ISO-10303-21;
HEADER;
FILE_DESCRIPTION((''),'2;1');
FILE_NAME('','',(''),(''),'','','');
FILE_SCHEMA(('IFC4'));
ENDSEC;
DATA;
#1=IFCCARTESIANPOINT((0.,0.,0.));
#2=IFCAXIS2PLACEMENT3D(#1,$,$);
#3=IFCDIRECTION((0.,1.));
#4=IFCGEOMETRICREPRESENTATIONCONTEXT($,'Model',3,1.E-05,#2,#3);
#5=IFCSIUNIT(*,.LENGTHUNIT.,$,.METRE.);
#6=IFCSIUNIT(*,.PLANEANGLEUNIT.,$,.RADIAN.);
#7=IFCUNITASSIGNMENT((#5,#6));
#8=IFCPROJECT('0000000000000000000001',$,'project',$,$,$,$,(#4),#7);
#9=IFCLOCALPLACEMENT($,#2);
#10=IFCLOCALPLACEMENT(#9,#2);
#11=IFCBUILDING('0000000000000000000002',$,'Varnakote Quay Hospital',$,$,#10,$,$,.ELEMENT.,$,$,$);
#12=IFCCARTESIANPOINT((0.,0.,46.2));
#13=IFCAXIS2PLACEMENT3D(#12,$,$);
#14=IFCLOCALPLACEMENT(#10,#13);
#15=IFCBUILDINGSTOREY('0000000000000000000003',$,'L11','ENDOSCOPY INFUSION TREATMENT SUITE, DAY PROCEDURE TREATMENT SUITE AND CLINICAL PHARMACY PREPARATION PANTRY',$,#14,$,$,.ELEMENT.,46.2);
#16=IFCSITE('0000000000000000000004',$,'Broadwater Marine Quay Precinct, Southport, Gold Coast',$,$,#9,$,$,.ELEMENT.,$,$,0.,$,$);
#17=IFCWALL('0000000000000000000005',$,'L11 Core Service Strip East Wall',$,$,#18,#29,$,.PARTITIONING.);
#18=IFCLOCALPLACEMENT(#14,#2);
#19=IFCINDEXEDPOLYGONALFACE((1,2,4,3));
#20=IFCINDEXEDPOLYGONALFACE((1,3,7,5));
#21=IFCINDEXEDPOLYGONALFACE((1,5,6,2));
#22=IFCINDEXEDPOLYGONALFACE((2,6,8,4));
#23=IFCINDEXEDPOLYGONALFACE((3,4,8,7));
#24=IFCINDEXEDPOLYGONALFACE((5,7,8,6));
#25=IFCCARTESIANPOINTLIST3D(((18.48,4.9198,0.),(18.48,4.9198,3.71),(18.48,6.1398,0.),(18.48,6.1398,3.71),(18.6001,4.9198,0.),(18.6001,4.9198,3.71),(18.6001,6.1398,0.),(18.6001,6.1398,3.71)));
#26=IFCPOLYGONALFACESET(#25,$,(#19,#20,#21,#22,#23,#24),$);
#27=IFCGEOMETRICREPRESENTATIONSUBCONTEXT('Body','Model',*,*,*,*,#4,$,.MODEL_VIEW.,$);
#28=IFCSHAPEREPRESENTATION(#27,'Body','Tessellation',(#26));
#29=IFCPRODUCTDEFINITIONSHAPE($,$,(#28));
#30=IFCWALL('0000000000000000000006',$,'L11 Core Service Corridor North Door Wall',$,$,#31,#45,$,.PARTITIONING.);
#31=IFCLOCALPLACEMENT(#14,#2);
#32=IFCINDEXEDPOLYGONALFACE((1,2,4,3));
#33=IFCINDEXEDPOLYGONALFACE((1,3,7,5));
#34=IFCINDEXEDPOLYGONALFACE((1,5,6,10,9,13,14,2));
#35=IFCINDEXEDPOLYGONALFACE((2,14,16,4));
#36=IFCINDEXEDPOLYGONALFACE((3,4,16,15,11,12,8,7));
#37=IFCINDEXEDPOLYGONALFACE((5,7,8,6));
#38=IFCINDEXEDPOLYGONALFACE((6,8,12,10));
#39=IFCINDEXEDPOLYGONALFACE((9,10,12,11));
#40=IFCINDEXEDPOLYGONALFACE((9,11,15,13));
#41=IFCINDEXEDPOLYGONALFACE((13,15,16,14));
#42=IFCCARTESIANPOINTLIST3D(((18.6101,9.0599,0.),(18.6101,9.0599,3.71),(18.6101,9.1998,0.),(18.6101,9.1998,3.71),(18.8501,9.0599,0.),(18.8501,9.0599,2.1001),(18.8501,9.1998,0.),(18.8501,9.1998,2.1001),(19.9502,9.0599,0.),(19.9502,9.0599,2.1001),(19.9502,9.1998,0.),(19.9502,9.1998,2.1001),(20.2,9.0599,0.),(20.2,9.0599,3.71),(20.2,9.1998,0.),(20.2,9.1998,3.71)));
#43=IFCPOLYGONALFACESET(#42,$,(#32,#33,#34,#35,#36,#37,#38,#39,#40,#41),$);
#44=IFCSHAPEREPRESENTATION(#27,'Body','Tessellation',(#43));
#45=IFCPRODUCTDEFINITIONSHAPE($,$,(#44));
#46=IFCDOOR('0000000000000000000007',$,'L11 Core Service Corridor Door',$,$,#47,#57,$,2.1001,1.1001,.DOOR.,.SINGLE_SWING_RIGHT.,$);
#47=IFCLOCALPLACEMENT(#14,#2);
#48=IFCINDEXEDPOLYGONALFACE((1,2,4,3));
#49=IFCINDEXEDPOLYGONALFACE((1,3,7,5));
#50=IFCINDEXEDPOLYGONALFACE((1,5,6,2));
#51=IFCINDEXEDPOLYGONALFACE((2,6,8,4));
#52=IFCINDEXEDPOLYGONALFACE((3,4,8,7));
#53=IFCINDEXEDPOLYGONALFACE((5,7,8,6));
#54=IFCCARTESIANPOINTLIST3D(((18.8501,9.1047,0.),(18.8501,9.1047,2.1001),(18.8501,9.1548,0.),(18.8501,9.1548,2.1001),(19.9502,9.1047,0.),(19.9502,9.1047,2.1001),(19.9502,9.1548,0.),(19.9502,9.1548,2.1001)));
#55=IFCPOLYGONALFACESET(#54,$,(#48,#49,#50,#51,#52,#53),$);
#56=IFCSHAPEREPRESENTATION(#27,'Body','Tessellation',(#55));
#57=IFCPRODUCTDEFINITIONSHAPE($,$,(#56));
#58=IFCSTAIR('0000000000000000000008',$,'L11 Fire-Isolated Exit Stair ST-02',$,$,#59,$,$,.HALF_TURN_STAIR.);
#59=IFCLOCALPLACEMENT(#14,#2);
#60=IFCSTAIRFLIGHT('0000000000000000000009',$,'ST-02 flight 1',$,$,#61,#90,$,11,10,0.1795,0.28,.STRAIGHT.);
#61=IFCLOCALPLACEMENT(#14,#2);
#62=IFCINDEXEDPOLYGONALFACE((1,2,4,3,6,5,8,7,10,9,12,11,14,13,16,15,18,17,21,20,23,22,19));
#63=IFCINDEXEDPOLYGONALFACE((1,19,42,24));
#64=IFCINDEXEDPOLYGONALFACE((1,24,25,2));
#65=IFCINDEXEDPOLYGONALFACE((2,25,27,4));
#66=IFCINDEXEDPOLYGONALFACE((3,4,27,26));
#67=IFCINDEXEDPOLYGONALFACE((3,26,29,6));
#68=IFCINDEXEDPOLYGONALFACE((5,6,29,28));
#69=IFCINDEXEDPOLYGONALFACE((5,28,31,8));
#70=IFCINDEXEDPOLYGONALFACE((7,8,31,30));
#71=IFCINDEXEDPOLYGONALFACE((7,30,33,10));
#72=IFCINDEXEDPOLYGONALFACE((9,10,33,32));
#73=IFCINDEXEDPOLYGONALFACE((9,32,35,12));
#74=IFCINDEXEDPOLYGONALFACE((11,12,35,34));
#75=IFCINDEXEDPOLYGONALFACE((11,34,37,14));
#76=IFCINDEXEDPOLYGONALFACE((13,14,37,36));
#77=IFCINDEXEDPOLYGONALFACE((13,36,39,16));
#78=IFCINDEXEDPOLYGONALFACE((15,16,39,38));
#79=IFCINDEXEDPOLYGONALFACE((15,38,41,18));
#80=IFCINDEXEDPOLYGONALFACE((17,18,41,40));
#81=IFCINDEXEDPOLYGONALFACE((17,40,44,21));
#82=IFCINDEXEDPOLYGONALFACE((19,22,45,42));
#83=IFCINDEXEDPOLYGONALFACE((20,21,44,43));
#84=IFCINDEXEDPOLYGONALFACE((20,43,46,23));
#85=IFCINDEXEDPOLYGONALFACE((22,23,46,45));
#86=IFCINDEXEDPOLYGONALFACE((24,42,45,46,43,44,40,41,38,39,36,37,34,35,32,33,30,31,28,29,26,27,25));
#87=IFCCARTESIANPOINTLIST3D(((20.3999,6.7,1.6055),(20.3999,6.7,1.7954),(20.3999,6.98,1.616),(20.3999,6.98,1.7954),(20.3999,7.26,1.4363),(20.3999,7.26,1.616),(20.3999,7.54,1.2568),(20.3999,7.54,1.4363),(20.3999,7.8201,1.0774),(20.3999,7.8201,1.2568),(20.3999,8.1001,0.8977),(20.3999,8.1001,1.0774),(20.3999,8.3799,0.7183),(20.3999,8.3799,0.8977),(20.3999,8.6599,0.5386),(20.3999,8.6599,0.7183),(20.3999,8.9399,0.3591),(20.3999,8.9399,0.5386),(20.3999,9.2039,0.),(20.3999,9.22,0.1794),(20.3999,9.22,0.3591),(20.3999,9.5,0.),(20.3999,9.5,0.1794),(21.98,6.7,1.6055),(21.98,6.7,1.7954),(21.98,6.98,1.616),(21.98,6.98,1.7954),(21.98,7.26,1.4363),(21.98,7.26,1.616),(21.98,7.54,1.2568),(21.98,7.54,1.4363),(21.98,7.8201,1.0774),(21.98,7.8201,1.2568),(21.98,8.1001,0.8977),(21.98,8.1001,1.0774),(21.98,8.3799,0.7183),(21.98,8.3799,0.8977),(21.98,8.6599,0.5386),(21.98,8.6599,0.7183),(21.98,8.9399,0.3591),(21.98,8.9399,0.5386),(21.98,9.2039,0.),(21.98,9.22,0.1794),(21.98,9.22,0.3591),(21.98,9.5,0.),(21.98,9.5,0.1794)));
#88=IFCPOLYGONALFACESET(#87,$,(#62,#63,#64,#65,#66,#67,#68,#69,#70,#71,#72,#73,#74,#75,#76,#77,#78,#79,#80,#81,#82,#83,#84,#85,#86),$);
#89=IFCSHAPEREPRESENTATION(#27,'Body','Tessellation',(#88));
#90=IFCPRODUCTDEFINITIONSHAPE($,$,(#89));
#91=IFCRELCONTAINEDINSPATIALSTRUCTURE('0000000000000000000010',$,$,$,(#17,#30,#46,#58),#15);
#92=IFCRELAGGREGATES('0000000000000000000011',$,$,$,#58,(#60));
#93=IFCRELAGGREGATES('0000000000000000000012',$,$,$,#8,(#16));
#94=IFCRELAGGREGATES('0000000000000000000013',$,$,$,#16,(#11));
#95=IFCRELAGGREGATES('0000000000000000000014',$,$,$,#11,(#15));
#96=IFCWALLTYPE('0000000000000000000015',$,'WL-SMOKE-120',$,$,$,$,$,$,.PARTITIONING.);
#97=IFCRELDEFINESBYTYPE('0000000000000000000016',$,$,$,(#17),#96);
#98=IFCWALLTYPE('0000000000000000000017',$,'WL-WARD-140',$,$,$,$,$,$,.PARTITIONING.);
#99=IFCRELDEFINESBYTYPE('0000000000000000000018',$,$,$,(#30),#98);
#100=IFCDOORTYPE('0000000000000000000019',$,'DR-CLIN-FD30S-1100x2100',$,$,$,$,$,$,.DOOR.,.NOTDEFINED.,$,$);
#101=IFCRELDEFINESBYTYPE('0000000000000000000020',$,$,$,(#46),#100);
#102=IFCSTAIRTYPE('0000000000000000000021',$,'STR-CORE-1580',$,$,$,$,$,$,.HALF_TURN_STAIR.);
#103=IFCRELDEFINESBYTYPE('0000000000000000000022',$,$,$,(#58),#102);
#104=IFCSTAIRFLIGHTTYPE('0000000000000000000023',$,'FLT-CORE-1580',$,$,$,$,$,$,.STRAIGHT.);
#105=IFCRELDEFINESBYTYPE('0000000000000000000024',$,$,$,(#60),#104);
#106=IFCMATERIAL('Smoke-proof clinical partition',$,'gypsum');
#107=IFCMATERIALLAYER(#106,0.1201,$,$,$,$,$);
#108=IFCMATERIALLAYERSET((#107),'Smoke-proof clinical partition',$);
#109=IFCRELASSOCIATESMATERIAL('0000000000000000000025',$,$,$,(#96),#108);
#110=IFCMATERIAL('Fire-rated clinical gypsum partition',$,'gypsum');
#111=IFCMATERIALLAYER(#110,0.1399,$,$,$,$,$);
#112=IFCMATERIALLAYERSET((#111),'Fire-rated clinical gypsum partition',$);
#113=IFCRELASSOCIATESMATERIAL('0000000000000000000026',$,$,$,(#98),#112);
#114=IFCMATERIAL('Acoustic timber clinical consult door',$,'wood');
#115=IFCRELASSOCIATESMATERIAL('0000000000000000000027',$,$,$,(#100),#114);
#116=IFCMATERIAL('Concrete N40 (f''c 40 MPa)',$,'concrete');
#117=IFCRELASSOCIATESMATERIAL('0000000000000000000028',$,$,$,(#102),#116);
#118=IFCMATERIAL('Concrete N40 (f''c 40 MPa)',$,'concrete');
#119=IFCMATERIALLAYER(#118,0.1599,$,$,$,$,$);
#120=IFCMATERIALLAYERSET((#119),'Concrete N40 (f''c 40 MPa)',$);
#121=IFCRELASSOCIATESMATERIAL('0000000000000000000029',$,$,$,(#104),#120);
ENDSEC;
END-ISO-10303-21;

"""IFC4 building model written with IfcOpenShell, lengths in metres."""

from ifc_helpers import new_model, si_unit, direction, frame, frame_2d, origin, place, context, subcontext, project, spatial, polyline, rectangle, outline, extrude, material, layer, layer_set, type_object, element, fill, aggregate, save


model = new_model("IFC4")

# Units and contexts
model_context = context("Model", 3, precision=1e-05, world=origin(), true_north=direction((0.0, 1.0)))
body_context = subcontext(model_context, "Body", "Model", "MODEL_VIEW")
ifc_project = project(units=[si_unit("LENGTHUNIT", "METRE"), si_unit("PLANEANGLEUNIT", "RADIAN")], contexts=[model_context])

# Site, building, storey
site_placement = place(None, origin())
site = spatial("IfcSite", under=ifc_project, at=site_placement, Name="Broadwater Marine Quay Precinct, Southport, Gold Coast", CompositionType="ELEMENT", RefElevation=0.0)
building_placement = place(site_placement, origin())
building = spatial("IfcBuilding", under=site, at=building_placement, Name="Varnakote Quay Hospital", CompositionType="ELEMENT")
storey_placement = place(building_placement, frame((0.0, 0.0, 46.2)))
storey = spatial("IfcBuildingStorey", under=building, at=storey_placement, Name="L11", Description="ENDOSCOPY INFUSION TREATMENT SUITE, DAY PROCEDURE TREATMENT SUITE AND CLINICAL PHARMACY PREPARATION PANTRY", CompositionType="ELEMENT", Elevation=46.2)

# Wall
ifc_material_1 = material(Name="Smoke-proof clinical partition", Category="gypsum")
ifc_layer_1 = layer(ifc_material_1, 0.1201)
ifc_layer_set_1 = layer_set([ifc_layer_1], Name="Smoke-proof clinical partition")
wall_type_1 = type_object("IfcWallType", Name="WL-SMOKE-120", PredefinedType="PARTITIONING", material=ifc_layer_set_1)
wall_1_placement = place(storey_placement, frame((18.54, 4.9199, 0.0), z_axis=(0.0, 0.0, 1.0), x_axis=(0.0, 1.0, 0.0)))
element("IfcWall", 1, at=wall_1_placement, inside=storey, type_object=wall_type_1, Name="L11 Core Service Strip East Wall", PredefinedType="PARTITIONING", context=body_context, shape_type="SweptSolid", body=[
    extrude(rectangle(XDim=1.22, YDim=0.1201, at=frame_2d((0.6099, 0.0))), origin(), (0.0, 0.0, 1.0), 3.71),
])

# Wall, opening, door
ifc_material_2 = material(Name="Fire-rated clinical gypsum partition", Category="gypsum")
ifc_layer_2 = layer(ifc_material_2, 0.1399)
ifc_layer_set_2 = layer_set([ifc_layer_2], Name="Fire-rated clinical gypsum partition")
wall_type_2 = type_object("IfcWallType", Name="WL-WARD-140", PredefinedType="PARTITIONING", material=ifc_layer_set_2)
wall_2_placement = place(storey_placement, frame((18.6101, 9.1299, 0.0), z_axis=(0.0, 0.0, 1.0), x_axis=(1.0, 0.0, 0.0)))
wall_2 = element("IfcWall", 2, at=wall_2_placement, inside=storey, type_object=wall_type_2, Name="L11 Core Service Corridor North Door Wall", PredefinedType="PARTITIONING", context=body_context, shape_type="SweptSolid", body=[
    extrude(rectangle(XDim=1.5898, YDim=0.1399, at=frame_2d((0.7949, 0.0))), origin(), (0.0, 0.0, 1.0), 3.71),
])
opening_1_placement = place(wall_2_placement, frame((0.24, 0.0, 0.0)))
opening_1 = element("IfcOpeningElement", 3, at=opening_1_placement, cuts=wall_2, PredefinedType="OPENING", context=body_context, shape_type="SweptSolid", body=[
    extrude(rectangle(XDim=1.1001, YDim=2.1001, at=frame_2d((0.55, 1.05))), frame((0.0, 0.0798, 0.0), z_axis=(0.0, -1.0, 0.0), x_axis=(1.0, 0.0, 0.0)), (0.0, 0.0, 1.0), 0.1599),
])
ifc_material_3 = material(Name="Acoustic timber clinical consult door", Category="wood")
door_type_1 = type_object("IfcDoorType", Name="DR-CLIN-FD30S-1100x2100", OperationType="NOTDEFINED", PredefinedType="DOOR", material=ifc_material_3)
door_1_placement = place(opening_1_placement, origin())
door_1 = element("IfcDoor", 4, at=door_1_placement, inside=storey, type_object=door_type_1, Name="L11 Core Service Corridor Door", OperationType="SINGLE_SWING_RIGHT", OverallHeight=2.1001, OverallWidth=1.1001, PredefinedType="DOOR", context=body_context, shape_type="SweptSolid", body=[
    extrude(rectangle(XDim=1.1001, YDim=2.1001, at=frame_2d((0.55, 1.05))), frame((0.0, 0.0249, 0.0), z_axis=(0.0, -1.0, 0.0), x_axis=(1.0, 0.0, 0.0)), (0.0, 0.0, 1.0), 0.05),
])
fill(opening_1, door_1)

# Stair, stair flight
ifc_material_4 = material(Name="Concrete N40 (f'c 40 MPa)", Category="concrete")
stair_type = type_object("IfcStairType", Name="STR-CORE-1580", PredefinedType="HALF_TURN_STAIR", material=ifc_material_4)
stair_placement = place(storey_placement, origin())
stair = element("IfcStair", 5, at=stair_placement, inside=storey, type_object=stair_type, Name="L11 Fire-Isolated Exit Stair ST-02", PredefinedType="HALF_TURN_STAIR")
ifc_material_5 = material(Name="Concrete N40 (f'c 40 MPa)", Category="concrete")
ifc_layer_3 = layer(ifc_material_5, 0.1599)
ifc_layer_set_3 = layer_set([ifc_layer_3], Name="Concrete N40 (f'c 40 MPa)")
stair_flight_type = type_object("IfcStairFlightType", Name="FLT-CORE-1580", PredefinedType="STRAIGHT", material=ifc_layer_set_3)
stair_flight_placement = place(storey_placement, frame((21.1899, 9.5, 0.0), z_axis=(0.0, 0.0, 1.0), x_axis=(0.0, -1.0, 0.0)))
stair_flight = element("IfcStairFlight", 6, at=stair_flight_placement, type_object=stair_flight_type, Name="ST-02 flight 1", NumberOfRisers=11, NumberOfTreads=10, PredefinedType="STRAIGHT", RiserHeight=0.1795, TreadLength=0.28, context=body_context, shape_type="SweptSolid", body=[
    extrude(outline(polyline([(0.0, 0.0), (0.0, 0.1794), (0.28, 0.1794), (0.28, 0.3591), (0.5601, 0.3591), (0.5601, 0.5386), (0.8401, 0.5386), (0.8401, 0.7183), (1.1201, 0.7183), (1.1201, 0.8977), (1.3999, 0.8977), (1.3999, 1.0774), (1.6799, 1.0774), (1.6799, 1.2568), (1.96, 1.2568), (1.96, 1.4363), (2.24, 1.4363), (2.24, 1.616), (2.52, 1.616), (2.52, 1.7954), (2.8, 1.7954), (2.8, 1.9751), (2.8, 1.6055), (0.2961, 0.0), (0.0, 0.0)])), frame((0.0, 0.79, 0.0), z_axis=(0.0, -1.0, 0.0), x_axis=(1.0, 0.0, 0.0)), (0.0, 0.0, 1.0), 1.5801),
])
aggregate(stair, [stair_flight])

save(model, "model.ifc")
